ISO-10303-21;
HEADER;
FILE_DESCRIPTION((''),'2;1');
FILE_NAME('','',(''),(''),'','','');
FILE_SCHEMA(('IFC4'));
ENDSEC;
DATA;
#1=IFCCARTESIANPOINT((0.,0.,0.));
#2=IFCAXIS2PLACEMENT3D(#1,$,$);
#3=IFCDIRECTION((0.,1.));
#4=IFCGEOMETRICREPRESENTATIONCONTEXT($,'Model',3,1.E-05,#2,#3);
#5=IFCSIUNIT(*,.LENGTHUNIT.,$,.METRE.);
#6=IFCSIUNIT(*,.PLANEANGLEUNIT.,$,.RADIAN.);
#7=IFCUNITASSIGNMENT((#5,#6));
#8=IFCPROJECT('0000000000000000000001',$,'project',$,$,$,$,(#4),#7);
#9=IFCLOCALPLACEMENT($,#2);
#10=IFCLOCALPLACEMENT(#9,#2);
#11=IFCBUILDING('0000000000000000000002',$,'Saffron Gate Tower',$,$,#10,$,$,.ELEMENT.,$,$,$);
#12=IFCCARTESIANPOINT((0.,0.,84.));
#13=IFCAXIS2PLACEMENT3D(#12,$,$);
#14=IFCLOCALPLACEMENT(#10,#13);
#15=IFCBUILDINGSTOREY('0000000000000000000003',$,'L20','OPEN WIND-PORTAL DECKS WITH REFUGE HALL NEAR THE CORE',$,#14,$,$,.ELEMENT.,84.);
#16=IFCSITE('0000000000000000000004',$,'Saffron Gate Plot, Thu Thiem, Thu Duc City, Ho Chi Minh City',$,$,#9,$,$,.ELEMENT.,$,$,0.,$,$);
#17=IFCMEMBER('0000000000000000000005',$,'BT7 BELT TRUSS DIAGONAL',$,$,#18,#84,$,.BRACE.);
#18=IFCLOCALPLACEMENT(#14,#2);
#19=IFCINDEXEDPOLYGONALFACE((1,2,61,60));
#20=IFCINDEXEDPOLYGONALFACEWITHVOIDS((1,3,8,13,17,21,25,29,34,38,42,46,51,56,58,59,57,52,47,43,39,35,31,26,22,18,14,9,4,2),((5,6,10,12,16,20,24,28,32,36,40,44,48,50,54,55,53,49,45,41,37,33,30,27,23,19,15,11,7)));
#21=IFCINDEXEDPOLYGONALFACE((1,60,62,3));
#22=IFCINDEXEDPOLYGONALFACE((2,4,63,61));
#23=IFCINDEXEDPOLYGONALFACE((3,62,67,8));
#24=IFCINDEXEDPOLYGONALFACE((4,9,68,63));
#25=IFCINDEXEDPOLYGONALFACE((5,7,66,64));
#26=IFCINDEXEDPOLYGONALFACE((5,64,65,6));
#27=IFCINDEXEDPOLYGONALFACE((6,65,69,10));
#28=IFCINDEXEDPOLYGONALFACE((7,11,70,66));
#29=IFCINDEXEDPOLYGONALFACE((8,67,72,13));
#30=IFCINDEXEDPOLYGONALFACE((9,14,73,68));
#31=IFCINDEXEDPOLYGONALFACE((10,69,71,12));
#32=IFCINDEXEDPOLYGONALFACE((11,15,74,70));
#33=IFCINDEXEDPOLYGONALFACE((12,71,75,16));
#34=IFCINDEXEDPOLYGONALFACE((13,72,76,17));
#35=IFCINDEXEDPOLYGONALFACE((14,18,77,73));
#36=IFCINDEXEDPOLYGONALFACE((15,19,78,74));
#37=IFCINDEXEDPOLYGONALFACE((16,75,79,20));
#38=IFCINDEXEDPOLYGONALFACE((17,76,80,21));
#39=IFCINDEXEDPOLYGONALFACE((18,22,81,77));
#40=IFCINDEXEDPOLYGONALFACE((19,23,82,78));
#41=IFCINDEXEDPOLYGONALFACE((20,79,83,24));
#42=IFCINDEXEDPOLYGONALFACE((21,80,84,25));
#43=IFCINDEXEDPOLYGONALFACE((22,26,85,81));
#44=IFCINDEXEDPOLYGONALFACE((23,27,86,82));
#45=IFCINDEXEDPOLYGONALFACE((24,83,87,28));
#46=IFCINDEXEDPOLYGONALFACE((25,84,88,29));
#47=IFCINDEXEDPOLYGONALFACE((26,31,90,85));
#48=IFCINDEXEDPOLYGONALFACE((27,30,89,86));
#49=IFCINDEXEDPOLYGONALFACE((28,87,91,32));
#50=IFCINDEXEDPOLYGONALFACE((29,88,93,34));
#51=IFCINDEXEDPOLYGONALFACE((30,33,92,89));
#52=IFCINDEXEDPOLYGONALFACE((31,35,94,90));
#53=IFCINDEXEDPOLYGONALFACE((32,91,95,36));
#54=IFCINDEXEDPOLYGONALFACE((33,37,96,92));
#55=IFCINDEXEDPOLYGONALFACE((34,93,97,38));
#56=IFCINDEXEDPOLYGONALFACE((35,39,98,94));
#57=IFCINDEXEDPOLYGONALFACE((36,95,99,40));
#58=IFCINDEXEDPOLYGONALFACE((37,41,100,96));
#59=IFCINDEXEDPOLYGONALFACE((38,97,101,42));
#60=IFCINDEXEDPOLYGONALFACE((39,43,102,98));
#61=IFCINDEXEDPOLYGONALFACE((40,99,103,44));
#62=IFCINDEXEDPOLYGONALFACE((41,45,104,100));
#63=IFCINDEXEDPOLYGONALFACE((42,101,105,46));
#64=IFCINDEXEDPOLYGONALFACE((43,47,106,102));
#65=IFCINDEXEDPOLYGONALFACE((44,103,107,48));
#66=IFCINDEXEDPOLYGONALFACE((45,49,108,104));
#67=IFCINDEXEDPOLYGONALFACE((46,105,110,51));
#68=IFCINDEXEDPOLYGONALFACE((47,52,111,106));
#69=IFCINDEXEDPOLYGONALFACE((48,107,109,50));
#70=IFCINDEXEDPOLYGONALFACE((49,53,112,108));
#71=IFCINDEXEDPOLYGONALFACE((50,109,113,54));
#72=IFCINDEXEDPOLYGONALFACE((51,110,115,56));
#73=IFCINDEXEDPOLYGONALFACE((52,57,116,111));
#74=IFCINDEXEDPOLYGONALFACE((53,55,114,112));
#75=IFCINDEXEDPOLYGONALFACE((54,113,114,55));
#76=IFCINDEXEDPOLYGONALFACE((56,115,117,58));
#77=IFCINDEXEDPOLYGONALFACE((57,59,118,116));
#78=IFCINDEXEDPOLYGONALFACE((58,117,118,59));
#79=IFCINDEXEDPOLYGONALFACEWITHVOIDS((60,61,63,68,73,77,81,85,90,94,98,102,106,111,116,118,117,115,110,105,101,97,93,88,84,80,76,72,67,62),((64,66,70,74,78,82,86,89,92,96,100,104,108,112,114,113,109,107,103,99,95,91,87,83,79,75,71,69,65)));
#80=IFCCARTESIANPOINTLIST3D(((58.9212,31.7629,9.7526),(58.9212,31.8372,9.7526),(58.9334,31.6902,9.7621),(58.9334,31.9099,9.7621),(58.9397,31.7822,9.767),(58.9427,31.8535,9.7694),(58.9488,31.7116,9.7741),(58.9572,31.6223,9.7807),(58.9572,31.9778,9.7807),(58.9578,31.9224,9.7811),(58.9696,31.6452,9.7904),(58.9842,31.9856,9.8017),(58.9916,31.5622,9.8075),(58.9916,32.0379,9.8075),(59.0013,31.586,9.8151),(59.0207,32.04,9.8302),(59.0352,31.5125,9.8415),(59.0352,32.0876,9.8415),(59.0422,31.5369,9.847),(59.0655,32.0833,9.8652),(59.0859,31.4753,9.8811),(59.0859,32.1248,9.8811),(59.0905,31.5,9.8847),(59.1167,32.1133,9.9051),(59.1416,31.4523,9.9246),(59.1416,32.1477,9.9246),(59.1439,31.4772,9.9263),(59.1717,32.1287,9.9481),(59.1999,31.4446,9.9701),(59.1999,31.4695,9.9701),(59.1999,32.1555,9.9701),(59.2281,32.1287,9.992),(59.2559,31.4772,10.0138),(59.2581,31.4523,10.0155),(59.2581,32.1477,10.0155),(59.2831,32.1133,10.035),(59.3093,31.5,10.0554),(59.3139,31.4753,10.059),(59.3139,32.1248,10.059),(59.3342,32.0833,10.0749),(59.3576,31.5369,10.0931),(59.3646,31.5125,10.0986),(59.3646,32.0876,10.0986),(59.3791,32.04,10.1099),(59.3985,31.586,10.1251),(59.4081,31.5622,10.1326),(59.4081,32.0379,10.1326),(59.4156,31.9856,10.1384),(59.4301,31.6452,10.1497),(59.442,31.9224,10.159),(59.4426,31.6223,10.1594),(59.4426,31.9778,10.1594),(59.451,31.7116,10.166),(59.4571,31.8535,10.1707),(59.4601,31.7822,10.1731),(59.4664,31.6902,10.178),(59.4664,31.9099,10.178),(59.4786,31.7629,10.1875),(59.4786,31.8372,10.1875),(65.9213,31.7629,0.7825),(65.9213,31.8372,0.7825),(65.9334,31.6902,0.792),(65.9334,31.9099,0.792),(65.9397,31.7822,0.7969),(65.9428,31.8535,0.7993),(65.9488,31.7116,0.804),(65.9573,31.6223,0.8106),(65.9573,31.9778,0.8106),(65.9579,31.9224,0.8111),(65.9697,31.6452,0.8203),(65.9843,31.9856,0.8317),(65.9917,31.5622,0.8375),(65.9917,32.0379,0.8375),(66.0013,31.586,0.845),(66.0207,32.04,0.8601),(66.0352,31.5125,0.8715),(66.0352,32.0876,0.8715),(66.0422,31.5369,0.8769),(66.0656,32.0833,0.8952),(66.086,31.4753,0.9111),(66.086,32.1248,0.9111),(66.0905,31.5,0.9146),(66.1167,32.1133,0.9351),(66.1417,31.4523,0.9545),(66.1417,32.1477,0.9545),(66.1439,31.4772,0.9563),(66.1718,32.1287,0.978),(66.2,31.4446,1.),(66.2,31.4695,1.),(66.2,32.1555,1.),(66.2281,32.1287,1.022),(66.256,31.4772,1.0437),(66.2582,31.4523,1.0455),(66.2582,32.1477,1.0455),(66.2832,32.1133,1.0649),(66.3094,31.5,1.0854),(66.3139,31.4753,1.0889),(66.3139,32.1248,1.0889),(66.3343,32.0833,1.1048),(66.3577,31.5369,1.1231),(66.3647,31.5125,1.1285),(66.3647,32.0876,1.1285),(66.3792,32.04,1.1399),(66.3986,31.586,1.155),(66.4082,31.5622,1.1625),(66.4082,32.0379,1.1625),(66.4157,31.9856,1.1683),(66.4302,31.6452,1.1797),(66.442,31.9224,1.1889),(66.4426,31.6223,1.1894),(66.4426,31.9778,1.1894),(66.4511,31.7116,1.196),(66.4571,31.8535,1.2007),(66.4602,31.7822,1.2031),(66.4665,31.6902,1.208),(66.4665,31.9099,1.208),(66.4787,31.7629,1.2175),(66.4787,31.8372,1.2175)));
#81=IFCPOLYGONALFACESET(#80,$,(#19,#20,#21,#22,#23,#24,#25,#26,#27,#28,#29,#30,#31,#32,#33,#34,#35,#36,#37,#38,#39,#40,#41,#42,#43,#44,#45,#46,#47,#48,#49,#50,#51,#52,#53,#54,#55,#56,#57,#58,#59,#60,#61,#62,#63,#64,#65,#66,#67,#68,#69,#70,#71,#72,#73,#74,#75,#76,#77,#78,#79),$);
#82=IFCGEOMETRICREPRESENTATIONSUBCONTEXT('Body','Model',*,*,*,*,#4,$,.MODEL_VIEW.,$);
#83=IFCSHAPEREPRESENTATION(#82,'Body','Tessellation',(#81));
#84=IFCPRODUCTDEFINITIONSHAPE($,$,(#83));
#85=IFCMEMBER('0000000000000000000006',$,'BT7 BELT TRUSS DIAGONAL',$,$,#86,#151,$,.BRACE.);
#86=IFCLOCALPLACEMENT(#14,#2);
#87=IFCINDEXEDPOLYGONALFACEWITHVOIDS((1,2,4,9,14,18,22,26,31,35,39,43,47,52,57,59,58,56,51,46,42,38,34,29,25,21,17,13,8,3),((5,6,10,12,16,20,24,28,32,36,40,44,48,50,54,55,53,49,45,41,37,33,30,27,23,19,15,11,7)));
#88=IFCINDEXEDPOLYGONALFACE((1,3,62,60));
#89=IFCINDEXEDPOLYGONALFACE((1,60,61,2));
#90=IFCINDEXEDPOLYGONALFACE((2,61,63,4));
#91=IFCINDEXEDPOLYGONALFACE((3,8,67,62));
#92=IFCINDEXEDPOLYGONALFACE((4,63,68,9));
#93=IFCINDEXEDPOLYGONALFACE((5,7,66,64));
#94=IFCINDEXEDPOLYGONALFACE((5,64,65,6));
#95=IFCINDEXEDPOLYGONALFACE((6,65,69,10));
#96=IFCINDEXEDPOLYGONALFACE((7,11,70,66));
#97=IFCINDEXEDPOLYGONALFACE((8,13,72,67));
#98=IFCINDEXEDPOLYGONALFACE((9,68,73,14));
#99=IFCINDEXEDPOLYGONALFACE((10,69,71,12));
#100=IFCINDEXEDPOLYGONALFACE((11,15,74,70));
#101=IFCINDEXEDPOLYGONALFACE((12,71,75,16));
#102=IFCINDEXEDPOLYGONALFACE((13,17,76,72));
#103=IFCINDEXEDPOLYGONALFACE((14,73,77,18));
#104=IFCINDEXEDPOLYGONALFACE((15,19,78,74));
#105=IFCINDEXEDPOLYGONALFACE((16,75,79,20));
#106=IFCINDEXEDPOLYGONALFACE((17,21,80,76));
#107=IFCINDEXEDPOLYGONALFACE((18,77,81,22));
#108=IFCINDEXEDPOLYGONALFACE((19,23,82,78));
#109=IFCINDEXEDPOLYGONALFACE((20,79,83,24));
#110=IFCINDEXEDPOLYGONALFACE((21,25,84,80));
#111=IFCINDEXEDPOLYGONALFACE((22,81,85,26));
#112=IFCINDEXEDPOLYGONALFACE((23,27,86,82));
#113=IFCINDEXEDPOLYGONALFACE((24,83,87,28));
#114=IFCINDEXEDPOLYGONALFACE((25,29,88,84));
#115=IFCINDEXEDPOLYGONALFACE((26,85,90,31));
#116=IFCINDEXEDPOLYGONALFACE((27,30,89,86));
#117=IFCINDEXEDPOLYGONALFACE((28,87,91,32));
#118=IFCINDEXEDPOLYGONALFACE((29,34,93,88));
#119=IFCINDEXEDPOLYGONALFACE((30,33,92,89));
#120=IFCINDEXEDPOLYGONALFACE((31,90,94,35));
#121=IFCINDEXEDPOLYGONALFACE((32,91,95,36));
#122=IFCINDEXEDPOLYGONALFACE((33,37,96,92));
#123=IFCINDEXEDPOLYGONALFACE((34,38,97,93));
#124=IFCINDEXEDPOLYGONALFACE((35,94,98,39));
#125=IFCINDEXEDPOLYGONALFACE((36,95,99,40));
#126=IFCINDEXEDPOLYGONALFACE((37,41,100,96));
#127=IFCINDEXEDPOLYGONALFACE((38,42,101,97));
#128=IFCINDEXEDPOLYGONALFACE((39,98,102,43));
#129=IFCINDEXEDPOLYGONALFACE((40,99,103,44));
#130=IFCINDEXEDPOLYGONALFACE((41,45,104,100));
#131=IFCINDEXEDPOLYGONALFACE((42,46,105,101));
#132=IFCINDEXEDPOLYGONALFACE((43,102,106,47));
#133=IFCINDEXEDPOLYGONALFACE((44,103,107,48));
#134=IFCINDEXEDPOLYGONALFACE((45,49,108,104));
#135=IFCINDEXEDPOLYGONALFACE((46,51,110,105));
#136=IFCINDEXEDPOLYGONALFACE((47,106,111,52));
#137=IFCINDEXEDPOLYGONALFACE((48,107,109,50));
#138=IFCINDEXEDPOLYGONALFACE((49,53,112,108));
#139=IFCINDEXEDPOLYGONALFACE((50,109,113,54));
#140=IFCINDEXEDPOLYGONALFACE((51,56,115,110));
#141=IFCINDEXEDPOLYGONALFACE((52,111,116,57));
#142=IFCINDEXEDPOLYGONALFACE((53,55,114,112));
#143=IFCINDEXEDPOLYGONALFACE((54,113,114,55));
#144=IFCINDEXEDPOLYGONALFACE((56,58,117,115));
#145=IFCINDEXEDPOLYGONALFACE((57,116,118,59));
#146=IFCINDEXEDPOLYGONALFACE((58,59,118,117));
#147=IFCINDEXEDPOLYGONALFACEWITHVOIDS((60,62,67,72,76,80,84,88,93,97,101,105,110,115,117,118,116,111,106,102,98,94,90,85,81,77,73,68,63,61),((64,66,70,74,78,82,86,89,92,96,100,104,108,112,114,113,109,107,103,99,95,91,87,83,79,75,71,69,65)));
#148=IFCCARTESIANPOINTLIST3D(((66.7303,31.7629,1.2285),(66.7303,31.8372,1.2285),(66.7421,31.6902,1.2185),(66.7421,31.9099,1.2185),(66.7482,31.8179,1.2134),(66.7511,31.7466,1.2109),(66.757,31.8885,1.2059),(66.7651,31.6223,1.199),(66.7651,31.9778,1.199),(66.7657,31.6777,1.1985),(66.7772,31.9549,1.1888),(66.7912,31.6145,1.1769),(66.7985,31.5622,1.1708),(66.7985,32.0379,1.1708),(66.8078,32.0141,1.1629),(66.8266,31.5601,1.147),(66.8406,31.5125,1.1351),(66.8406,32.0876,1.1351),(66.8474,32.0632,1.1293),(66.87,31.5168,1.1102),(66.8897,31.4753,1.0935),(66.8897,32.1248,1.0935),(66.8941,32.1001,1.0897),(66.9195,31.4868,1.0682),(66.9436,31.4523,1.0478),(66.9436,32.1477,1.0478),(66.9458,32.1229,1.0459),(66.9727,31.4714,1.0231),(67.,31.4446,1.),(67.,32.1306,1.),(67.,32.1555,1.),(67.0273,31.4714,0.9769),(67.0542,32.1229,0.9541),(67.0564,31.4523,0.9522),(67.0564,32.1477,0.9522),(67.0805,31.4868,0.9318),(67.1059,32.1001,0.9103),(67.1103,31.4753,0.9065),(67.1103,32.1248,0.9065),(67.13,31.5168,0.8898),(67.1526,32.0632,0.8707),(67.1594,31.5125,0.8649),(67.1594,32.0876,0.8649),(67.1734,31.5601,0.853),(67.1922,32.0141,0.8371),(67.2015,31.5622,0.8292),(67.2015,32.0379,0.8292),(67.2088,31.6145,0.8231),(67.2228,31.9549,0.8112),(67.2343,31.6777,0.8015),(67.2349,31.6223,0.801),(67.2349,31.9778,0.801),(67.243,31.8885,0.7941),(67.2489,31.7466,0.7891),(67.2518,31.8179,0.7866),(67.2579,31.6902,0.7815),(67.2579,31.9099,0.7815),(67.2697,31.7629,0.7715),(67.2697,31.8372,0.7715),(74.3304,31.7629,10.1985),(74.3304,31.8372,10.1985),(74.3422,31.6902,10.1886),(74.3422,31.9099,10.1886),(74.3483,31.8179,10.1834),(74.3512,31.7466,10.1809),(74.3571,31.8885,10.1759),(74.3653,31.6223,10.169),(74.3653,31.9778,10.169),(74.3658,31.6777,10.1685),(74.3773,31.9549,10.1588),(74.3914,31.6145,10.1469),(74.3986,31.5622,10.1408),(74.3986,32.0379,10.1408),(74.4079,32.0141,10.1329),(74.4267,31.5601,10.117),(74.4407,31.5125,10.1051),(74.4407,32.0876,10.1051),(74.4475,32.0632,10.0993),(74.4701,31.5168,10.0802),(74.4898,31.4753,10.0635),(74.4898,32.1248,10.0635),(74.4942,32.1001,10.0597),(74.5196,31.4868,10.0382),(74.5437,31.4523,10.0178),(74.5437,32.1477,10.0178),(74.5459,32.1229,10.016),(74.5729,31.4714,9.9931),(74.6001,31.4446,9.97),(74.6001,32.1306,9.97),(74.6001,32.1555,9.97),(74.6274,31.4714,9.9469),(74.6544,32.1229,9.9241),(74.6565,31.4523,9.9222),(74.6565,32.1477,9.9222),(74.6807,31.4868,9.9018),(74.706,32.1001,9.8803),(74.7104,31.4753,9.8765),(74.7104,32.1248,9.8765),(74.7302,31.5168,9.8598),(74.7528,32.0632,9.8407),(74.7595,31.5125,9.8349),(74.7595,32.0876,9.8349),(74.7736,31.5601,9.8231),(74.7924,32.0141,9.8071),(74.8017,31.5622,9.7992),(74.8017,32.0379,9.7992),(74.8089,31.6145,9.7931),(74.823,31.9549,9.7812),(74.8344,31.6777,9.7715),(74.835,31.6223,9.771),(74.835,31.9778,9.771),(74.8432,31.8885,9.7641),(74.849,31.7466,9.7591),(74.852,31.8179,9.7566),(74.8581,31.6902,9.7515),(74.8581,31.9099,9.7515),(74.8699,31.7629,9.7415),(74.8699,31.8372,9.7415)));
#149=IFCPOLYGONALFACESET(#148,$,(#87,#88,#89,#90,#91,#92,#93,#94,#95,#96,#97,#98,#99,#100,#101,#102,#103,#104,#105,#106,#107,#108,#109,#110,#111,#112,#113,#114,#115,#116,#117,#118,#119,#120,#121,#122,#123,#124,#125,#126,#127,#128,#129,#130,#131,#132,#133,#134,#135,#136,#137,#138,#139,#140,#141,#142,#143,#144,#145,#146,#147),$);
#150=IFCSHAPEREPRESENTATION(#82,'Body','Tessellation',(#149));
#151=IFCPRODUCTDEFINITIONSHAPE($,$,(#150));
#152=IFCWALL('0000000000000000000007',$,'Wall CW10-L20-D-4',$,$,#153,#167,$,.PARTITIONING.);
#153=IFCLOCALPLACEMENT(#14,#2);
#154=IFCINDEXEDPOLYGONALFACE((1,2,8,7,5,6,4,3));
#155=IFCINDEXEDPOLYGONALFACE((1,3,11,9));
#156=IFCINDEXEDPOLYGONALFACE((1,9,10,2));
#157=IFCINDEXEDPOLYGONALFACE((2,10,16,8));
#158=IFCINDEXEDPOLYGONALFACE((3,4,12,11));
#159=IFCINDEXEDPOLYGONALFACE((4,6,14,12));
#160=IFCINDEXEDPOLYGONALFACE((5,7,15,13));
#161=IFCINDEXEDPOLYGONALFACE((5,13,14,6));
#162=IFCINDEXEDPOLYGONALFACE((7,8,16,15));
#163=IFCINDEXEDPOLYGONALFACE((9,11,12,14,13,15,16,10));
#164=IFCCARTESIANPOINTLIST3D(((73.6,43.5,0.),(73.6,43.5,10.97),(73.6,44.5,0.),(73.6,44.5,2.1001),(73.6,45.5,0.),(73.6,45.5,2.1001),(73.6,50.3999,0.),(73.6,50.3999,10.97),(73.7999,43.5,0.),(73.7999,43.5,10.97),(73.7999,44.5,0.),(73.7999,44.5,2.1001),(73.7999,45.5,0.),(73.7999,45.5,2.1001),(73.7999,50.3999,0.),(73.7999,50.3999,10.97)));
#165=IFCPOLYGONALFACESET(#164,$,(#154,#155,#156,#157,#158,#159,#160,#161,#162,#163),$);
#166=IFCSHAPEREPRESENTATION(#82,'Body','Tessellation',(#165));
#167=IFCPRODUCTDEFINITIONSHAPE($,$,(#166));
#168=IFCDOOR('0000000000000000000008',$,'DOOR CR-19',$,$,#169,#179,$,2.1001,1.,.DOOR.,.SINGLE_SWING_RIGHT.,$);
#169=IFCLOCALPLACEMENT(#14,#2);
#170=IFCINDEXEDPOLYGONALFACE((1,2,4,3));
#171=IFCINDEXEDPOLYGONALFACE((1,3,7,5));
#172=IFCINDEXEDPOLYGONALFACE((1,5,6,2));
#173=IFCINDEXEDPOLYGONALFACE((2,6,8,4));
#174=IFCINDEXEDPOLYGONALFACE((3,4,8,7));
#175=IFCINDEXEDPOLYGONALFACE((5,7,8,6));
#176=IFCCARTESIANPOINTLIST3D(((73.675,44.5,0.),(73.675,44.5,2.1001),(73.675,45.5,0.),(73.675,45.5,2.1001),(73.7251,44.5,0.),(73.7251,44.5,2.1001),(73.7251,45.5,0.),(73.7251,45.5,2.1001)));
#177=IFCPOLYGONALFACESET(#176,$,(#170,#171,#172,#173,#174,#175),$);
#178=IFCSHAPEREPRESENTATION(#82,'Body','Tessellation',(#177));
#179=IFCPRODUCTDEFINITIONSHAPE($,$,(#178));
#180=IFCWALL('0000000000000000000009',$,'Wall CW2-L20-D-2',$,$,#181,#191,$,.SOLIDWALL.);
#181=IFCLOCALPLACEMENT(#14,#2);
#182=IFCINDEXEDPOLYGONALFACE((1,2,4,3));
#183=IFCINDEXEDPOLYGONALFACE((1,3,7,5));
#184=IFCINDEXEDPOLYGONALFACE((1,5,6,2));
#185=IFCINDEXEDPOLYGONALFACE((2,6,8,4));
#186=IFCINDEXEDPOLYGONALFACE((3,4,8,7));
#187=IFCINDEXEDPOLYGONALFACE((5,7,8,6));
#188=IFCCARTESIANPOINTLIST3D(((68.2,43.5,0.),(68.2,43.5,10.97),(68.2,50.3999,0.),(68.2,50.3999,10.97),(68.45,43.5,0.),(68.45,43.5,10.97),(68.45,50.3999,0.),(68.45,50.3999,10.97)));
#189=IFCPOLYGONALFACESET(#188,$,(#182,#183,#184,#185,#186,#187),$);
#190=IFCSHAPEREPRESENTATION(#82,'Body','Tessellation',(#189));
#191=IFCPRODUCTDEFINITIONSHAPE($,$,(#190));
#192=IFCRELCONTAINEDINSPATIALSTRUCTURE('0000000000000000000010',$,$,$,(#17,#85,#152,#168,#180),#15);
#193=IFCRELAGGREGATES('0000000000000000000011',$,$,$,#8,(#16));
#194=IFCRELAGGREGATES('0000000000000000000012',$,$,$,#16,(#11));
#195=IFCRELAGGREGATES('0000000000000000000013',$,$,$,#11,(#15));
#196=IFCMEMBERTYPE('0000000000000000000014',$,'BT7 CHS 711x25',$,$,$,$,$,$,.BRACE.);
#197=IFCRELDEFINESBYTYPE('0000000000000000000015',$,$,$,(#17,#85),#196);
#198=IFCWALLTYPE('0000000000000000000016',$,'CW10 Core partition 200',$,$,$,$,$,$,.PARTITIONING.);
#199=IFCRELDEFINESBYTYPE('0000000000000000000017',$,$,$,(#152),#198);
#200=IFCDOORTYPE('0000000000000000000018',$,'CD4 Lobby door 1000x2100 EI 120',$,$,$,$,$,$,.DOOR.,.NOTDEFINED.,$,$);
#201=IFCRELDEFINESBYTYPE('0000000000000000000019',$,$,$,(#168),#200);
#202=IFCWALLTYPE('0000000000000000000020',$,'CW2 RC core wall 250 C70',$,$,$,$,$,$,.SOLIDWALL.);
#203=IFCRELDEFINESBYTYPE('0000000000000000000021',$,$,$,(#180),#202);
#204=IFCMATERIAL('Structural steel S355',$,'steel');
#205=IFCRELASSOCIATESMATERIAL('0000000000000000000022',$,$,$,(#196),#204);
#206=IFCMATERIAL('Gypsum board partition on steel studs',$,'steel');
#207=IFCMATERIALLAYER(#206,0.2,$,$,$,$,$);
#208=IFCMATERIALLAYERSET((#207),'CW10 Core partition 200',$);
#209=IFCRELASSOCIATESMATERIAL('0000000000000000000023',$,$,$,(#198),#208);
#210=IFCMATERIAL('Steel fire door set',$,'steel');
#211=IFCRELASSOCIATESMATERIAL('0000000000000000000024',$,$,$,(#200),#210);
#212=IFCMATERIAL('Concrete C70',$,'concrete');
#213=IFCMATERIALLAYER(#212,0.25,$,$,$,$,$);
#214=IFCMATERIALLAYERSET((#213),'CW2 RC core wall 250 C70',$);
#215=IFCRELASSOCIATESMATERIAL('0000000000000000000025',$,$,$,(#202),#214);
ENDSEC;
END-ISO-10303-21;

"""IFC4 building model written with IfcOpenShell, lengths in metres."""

from ifc_helpers import new_model, si_unit, direction, frame, frame_2d, origin, origin_2d, place, context, subcontext, project, spatial, rectangle, hollow_circle, extrude, material, layer, layer_set, material_profile, profile_set, type_object, element, fill, save


model = new_model("IFC4")

# Units and contexts
model_context = context("Model", 3, precision=1e-05, world=origin(), true_north=direction((0.0, 1.0)))
body_context = subcontext(model_context, "Body", "Model", "MODEL_VIEW")
ifc_project = project(units=[si_unit("LENGTHUNIT", "METRE"), si_unit("PLANEANGLEUNIT", "RADIAN")], contexts=[model_context])

# Site, building, storey
site_placement = place(None, origin())
site = spatial("IfcSite", under=ifc_project, at=site_placement, Name="Saffron Gate Plot, Thu Thiem, Thu Duc City, Ho Chi Minh City", CompositionType="ELEMENT", RefElevation=0.0)
building_placement = place(site_placement, origin())
building = spatial("IfcBuilding", under=site, at=building_placement, Name="Saffron Gate Tower", CompositionType="ELEMENT")
storey_placement = place(building_placement, frame((0.0, 0.0, 84.0)))
storey = spatial("IfcBuildingStorey", under=building, at=storey_placement, Name="L20", Description="OPEN WIND-PORTAL DECKS WITH REFUGE HALL NEAR THE CORE", CompositionType="ELEMENT", Elevation=84.0)

# Shared definitions
ifc_material_1 = material(Name="Structural steel S355", Category="steel")

# Members
ifc_material_profile_1 = material_profile(ifc_material_1, hollow_circle(Radius=0.3555, WallThickness=0.0249, at=origin_2d()))
ifc_profile_set_1 = profile_set([ifc_material_profile_1], Name="Structural steel S355")
member_type_1 = type_object("IfcMemberType", Name="BT7 CHS 711x25", PredefinedType="BRACE", material=ifc_profile_set_1)
member_1_placement = place(storey_placement, frame((66.2, 31.8, 1.0), z_axis=(-0.615219, 0.0, 0.788356), x_axis=(0.0, -1.0, 0.0)))
element("IfcMember", 1, at=member_1_placement, inside=storey, type_object=member_type_1, Name="BT7 BELT TRUSS DIAGONAL", PredefinedType="BRACE", context=body_context, shape_type="SweptSolid", body=[
    extrude(hollow_circle(Radius=0.3555, WallThickness=0.0249, at=origin_2d()), origin(), (0.0, 0.0, 1.0), 11.3782),
])
member_2_placement = place(storey_placement, frame((67.0, 31.8, 1.0), z_axis=(0.646444, 0.0, 0.762962), x_axis=(0.0, 1.0, 0.0)))
element("IfcMember", 2, at=member_2_placement, inside=storey, type_object=member_type_1, Name="BT7 BELT TRUSS DIAGONAL", PredefinedType="BRACE", context=body_context, shape_type="SweptSolid", body=[
    extrude(hollow_circle(Radius=0.3555, WallThickness=0.0249, at=origin_2d()), origin(), (0.0, 0.0, 1.0), 11.7568),
])

# Wall, opening, door
ifc_material_2 = material(Name="Gypsum board partition on steel studs", Category="steel")
ifc_layer_1 = layer(ifc_material_2, 0.2)
ifc_layer_set_1 = layer_set([ifc_layer_1], Name="CW10 Core partition 200")
wall_type_1 = type_object("IfcWallType", Name="CW10 Core partition 200", PredefinedType="PARTITIONING", material=ifc_layer_set_1)
wall_1_placement = place(storey_placement, frame((73.7, 43.5, 0.0), z_axis=(0.0, 0.0, 1.0), x_axis=(0.0, 1.0, 0.0)))
wall_1 = element("IfcWall", 3, at=wall_1_placement, inside=storey, type_object=wall_type_1, Name="Wall CW10-L20-D-4", PredefinedType="PARTITIONING", context=body_context, shape_type="SweptSolid", body=[
    extrude(rectangle(XDim=6.8999, YDim=0.2, at=frame_2d((3.45, 0.0))), origin(), (0.0, 0.0, 1.0), 10.97),
])
opening_1_placement = place(wall_1_placement, frame((1.0, 0.0, 0.0)))
opening_1 = element("IfcOpeningElement", 4, at=opening_1_placement, cuts=wall_1, PredefinedType="OPENING", context=body_context, shape_type="SweptSolid", body=[
    extrude(rectangle(XDim=1.0, YDim=2.1001, at=frame_2d((0.5, 1.05))), frame((0.0, 0.1099, 0.0), z_axis=(0.0, -1.0, 0.0), x_axis=(1.0, 0.0, 0.0)), (0.0, 0.0, 1.0), 0.22),
])
ifc_material_3 = material(Name="Steel fire door set", Category="steel")
door_type_1 = type_object("IfcDoorType", Name="CD4 Lobby door 1000x2100 EI 120", OperationType="NOTDEFINED", PredefinedType="DOOR", material=ifc_material_3)
door_1_placement = place(opening_1_placement, origin())
door_1 = element("IfcDoor", 5, at=door_1_placement, inside=storey, type_object=door_type_1, Name="DOOR CR-19", OperationType="SINGLE_SWING_RIGHT", OverallHeight=2.1001, OverallWidth=1.0, PredefinedType="DOOR", context=body_context, shape_type="SweptSolid", body=[
    extrude(rectangle(XDim=1.0, YDim=2.1001, at=frame_2d((0.5, 1.05))), frame((0.0, 0.0249, 0.0), z_axis=(0.0, -1.0, 0.0), x_axis=(1.0, 0.0, 0.0)), (0.0, 0.0, 1.0), 0.05),
])
fill(opening_1, door_1)

# Wall
ifc_material_4 = material(Name="Concrete C70", Category="concrete")
ifc_layer_2 = layer(ifc_material_4, 0.25)
ifc_layer_set_2 = layer_set([ifc_layer_2], Name="CW2 RC core wall 250 C70")
wall_type_2 = type_object("IfcWallType", Name="CW2 RC core wall 250 C70", PredefinedType="SOLIDWALL", material=ifc_layer_set_2)
wall_2_placement = place(storey_placement, frame((68.325, 43.5, 0.0), z_axis=(0.0, 0.0, 1.0), x_axis=(0.0, 1.0, 0.0)))
element("IfcWall", 6, at=wall_2_placement, inside=storey, type_object=wall_type_2, Name="Wall CW2-L20-D-2", PredefinedType="SOLIDWALL", context=body_context, shape_type="SweptSolid", body=[
    extrude(rectangle(XDim=6.8999, YDim=0.25, at=frame_2d((3.45, 0.0))), origin(), (0.0, 0.0, 1.0), 10.97),
])

save(model, "model.ifc")
